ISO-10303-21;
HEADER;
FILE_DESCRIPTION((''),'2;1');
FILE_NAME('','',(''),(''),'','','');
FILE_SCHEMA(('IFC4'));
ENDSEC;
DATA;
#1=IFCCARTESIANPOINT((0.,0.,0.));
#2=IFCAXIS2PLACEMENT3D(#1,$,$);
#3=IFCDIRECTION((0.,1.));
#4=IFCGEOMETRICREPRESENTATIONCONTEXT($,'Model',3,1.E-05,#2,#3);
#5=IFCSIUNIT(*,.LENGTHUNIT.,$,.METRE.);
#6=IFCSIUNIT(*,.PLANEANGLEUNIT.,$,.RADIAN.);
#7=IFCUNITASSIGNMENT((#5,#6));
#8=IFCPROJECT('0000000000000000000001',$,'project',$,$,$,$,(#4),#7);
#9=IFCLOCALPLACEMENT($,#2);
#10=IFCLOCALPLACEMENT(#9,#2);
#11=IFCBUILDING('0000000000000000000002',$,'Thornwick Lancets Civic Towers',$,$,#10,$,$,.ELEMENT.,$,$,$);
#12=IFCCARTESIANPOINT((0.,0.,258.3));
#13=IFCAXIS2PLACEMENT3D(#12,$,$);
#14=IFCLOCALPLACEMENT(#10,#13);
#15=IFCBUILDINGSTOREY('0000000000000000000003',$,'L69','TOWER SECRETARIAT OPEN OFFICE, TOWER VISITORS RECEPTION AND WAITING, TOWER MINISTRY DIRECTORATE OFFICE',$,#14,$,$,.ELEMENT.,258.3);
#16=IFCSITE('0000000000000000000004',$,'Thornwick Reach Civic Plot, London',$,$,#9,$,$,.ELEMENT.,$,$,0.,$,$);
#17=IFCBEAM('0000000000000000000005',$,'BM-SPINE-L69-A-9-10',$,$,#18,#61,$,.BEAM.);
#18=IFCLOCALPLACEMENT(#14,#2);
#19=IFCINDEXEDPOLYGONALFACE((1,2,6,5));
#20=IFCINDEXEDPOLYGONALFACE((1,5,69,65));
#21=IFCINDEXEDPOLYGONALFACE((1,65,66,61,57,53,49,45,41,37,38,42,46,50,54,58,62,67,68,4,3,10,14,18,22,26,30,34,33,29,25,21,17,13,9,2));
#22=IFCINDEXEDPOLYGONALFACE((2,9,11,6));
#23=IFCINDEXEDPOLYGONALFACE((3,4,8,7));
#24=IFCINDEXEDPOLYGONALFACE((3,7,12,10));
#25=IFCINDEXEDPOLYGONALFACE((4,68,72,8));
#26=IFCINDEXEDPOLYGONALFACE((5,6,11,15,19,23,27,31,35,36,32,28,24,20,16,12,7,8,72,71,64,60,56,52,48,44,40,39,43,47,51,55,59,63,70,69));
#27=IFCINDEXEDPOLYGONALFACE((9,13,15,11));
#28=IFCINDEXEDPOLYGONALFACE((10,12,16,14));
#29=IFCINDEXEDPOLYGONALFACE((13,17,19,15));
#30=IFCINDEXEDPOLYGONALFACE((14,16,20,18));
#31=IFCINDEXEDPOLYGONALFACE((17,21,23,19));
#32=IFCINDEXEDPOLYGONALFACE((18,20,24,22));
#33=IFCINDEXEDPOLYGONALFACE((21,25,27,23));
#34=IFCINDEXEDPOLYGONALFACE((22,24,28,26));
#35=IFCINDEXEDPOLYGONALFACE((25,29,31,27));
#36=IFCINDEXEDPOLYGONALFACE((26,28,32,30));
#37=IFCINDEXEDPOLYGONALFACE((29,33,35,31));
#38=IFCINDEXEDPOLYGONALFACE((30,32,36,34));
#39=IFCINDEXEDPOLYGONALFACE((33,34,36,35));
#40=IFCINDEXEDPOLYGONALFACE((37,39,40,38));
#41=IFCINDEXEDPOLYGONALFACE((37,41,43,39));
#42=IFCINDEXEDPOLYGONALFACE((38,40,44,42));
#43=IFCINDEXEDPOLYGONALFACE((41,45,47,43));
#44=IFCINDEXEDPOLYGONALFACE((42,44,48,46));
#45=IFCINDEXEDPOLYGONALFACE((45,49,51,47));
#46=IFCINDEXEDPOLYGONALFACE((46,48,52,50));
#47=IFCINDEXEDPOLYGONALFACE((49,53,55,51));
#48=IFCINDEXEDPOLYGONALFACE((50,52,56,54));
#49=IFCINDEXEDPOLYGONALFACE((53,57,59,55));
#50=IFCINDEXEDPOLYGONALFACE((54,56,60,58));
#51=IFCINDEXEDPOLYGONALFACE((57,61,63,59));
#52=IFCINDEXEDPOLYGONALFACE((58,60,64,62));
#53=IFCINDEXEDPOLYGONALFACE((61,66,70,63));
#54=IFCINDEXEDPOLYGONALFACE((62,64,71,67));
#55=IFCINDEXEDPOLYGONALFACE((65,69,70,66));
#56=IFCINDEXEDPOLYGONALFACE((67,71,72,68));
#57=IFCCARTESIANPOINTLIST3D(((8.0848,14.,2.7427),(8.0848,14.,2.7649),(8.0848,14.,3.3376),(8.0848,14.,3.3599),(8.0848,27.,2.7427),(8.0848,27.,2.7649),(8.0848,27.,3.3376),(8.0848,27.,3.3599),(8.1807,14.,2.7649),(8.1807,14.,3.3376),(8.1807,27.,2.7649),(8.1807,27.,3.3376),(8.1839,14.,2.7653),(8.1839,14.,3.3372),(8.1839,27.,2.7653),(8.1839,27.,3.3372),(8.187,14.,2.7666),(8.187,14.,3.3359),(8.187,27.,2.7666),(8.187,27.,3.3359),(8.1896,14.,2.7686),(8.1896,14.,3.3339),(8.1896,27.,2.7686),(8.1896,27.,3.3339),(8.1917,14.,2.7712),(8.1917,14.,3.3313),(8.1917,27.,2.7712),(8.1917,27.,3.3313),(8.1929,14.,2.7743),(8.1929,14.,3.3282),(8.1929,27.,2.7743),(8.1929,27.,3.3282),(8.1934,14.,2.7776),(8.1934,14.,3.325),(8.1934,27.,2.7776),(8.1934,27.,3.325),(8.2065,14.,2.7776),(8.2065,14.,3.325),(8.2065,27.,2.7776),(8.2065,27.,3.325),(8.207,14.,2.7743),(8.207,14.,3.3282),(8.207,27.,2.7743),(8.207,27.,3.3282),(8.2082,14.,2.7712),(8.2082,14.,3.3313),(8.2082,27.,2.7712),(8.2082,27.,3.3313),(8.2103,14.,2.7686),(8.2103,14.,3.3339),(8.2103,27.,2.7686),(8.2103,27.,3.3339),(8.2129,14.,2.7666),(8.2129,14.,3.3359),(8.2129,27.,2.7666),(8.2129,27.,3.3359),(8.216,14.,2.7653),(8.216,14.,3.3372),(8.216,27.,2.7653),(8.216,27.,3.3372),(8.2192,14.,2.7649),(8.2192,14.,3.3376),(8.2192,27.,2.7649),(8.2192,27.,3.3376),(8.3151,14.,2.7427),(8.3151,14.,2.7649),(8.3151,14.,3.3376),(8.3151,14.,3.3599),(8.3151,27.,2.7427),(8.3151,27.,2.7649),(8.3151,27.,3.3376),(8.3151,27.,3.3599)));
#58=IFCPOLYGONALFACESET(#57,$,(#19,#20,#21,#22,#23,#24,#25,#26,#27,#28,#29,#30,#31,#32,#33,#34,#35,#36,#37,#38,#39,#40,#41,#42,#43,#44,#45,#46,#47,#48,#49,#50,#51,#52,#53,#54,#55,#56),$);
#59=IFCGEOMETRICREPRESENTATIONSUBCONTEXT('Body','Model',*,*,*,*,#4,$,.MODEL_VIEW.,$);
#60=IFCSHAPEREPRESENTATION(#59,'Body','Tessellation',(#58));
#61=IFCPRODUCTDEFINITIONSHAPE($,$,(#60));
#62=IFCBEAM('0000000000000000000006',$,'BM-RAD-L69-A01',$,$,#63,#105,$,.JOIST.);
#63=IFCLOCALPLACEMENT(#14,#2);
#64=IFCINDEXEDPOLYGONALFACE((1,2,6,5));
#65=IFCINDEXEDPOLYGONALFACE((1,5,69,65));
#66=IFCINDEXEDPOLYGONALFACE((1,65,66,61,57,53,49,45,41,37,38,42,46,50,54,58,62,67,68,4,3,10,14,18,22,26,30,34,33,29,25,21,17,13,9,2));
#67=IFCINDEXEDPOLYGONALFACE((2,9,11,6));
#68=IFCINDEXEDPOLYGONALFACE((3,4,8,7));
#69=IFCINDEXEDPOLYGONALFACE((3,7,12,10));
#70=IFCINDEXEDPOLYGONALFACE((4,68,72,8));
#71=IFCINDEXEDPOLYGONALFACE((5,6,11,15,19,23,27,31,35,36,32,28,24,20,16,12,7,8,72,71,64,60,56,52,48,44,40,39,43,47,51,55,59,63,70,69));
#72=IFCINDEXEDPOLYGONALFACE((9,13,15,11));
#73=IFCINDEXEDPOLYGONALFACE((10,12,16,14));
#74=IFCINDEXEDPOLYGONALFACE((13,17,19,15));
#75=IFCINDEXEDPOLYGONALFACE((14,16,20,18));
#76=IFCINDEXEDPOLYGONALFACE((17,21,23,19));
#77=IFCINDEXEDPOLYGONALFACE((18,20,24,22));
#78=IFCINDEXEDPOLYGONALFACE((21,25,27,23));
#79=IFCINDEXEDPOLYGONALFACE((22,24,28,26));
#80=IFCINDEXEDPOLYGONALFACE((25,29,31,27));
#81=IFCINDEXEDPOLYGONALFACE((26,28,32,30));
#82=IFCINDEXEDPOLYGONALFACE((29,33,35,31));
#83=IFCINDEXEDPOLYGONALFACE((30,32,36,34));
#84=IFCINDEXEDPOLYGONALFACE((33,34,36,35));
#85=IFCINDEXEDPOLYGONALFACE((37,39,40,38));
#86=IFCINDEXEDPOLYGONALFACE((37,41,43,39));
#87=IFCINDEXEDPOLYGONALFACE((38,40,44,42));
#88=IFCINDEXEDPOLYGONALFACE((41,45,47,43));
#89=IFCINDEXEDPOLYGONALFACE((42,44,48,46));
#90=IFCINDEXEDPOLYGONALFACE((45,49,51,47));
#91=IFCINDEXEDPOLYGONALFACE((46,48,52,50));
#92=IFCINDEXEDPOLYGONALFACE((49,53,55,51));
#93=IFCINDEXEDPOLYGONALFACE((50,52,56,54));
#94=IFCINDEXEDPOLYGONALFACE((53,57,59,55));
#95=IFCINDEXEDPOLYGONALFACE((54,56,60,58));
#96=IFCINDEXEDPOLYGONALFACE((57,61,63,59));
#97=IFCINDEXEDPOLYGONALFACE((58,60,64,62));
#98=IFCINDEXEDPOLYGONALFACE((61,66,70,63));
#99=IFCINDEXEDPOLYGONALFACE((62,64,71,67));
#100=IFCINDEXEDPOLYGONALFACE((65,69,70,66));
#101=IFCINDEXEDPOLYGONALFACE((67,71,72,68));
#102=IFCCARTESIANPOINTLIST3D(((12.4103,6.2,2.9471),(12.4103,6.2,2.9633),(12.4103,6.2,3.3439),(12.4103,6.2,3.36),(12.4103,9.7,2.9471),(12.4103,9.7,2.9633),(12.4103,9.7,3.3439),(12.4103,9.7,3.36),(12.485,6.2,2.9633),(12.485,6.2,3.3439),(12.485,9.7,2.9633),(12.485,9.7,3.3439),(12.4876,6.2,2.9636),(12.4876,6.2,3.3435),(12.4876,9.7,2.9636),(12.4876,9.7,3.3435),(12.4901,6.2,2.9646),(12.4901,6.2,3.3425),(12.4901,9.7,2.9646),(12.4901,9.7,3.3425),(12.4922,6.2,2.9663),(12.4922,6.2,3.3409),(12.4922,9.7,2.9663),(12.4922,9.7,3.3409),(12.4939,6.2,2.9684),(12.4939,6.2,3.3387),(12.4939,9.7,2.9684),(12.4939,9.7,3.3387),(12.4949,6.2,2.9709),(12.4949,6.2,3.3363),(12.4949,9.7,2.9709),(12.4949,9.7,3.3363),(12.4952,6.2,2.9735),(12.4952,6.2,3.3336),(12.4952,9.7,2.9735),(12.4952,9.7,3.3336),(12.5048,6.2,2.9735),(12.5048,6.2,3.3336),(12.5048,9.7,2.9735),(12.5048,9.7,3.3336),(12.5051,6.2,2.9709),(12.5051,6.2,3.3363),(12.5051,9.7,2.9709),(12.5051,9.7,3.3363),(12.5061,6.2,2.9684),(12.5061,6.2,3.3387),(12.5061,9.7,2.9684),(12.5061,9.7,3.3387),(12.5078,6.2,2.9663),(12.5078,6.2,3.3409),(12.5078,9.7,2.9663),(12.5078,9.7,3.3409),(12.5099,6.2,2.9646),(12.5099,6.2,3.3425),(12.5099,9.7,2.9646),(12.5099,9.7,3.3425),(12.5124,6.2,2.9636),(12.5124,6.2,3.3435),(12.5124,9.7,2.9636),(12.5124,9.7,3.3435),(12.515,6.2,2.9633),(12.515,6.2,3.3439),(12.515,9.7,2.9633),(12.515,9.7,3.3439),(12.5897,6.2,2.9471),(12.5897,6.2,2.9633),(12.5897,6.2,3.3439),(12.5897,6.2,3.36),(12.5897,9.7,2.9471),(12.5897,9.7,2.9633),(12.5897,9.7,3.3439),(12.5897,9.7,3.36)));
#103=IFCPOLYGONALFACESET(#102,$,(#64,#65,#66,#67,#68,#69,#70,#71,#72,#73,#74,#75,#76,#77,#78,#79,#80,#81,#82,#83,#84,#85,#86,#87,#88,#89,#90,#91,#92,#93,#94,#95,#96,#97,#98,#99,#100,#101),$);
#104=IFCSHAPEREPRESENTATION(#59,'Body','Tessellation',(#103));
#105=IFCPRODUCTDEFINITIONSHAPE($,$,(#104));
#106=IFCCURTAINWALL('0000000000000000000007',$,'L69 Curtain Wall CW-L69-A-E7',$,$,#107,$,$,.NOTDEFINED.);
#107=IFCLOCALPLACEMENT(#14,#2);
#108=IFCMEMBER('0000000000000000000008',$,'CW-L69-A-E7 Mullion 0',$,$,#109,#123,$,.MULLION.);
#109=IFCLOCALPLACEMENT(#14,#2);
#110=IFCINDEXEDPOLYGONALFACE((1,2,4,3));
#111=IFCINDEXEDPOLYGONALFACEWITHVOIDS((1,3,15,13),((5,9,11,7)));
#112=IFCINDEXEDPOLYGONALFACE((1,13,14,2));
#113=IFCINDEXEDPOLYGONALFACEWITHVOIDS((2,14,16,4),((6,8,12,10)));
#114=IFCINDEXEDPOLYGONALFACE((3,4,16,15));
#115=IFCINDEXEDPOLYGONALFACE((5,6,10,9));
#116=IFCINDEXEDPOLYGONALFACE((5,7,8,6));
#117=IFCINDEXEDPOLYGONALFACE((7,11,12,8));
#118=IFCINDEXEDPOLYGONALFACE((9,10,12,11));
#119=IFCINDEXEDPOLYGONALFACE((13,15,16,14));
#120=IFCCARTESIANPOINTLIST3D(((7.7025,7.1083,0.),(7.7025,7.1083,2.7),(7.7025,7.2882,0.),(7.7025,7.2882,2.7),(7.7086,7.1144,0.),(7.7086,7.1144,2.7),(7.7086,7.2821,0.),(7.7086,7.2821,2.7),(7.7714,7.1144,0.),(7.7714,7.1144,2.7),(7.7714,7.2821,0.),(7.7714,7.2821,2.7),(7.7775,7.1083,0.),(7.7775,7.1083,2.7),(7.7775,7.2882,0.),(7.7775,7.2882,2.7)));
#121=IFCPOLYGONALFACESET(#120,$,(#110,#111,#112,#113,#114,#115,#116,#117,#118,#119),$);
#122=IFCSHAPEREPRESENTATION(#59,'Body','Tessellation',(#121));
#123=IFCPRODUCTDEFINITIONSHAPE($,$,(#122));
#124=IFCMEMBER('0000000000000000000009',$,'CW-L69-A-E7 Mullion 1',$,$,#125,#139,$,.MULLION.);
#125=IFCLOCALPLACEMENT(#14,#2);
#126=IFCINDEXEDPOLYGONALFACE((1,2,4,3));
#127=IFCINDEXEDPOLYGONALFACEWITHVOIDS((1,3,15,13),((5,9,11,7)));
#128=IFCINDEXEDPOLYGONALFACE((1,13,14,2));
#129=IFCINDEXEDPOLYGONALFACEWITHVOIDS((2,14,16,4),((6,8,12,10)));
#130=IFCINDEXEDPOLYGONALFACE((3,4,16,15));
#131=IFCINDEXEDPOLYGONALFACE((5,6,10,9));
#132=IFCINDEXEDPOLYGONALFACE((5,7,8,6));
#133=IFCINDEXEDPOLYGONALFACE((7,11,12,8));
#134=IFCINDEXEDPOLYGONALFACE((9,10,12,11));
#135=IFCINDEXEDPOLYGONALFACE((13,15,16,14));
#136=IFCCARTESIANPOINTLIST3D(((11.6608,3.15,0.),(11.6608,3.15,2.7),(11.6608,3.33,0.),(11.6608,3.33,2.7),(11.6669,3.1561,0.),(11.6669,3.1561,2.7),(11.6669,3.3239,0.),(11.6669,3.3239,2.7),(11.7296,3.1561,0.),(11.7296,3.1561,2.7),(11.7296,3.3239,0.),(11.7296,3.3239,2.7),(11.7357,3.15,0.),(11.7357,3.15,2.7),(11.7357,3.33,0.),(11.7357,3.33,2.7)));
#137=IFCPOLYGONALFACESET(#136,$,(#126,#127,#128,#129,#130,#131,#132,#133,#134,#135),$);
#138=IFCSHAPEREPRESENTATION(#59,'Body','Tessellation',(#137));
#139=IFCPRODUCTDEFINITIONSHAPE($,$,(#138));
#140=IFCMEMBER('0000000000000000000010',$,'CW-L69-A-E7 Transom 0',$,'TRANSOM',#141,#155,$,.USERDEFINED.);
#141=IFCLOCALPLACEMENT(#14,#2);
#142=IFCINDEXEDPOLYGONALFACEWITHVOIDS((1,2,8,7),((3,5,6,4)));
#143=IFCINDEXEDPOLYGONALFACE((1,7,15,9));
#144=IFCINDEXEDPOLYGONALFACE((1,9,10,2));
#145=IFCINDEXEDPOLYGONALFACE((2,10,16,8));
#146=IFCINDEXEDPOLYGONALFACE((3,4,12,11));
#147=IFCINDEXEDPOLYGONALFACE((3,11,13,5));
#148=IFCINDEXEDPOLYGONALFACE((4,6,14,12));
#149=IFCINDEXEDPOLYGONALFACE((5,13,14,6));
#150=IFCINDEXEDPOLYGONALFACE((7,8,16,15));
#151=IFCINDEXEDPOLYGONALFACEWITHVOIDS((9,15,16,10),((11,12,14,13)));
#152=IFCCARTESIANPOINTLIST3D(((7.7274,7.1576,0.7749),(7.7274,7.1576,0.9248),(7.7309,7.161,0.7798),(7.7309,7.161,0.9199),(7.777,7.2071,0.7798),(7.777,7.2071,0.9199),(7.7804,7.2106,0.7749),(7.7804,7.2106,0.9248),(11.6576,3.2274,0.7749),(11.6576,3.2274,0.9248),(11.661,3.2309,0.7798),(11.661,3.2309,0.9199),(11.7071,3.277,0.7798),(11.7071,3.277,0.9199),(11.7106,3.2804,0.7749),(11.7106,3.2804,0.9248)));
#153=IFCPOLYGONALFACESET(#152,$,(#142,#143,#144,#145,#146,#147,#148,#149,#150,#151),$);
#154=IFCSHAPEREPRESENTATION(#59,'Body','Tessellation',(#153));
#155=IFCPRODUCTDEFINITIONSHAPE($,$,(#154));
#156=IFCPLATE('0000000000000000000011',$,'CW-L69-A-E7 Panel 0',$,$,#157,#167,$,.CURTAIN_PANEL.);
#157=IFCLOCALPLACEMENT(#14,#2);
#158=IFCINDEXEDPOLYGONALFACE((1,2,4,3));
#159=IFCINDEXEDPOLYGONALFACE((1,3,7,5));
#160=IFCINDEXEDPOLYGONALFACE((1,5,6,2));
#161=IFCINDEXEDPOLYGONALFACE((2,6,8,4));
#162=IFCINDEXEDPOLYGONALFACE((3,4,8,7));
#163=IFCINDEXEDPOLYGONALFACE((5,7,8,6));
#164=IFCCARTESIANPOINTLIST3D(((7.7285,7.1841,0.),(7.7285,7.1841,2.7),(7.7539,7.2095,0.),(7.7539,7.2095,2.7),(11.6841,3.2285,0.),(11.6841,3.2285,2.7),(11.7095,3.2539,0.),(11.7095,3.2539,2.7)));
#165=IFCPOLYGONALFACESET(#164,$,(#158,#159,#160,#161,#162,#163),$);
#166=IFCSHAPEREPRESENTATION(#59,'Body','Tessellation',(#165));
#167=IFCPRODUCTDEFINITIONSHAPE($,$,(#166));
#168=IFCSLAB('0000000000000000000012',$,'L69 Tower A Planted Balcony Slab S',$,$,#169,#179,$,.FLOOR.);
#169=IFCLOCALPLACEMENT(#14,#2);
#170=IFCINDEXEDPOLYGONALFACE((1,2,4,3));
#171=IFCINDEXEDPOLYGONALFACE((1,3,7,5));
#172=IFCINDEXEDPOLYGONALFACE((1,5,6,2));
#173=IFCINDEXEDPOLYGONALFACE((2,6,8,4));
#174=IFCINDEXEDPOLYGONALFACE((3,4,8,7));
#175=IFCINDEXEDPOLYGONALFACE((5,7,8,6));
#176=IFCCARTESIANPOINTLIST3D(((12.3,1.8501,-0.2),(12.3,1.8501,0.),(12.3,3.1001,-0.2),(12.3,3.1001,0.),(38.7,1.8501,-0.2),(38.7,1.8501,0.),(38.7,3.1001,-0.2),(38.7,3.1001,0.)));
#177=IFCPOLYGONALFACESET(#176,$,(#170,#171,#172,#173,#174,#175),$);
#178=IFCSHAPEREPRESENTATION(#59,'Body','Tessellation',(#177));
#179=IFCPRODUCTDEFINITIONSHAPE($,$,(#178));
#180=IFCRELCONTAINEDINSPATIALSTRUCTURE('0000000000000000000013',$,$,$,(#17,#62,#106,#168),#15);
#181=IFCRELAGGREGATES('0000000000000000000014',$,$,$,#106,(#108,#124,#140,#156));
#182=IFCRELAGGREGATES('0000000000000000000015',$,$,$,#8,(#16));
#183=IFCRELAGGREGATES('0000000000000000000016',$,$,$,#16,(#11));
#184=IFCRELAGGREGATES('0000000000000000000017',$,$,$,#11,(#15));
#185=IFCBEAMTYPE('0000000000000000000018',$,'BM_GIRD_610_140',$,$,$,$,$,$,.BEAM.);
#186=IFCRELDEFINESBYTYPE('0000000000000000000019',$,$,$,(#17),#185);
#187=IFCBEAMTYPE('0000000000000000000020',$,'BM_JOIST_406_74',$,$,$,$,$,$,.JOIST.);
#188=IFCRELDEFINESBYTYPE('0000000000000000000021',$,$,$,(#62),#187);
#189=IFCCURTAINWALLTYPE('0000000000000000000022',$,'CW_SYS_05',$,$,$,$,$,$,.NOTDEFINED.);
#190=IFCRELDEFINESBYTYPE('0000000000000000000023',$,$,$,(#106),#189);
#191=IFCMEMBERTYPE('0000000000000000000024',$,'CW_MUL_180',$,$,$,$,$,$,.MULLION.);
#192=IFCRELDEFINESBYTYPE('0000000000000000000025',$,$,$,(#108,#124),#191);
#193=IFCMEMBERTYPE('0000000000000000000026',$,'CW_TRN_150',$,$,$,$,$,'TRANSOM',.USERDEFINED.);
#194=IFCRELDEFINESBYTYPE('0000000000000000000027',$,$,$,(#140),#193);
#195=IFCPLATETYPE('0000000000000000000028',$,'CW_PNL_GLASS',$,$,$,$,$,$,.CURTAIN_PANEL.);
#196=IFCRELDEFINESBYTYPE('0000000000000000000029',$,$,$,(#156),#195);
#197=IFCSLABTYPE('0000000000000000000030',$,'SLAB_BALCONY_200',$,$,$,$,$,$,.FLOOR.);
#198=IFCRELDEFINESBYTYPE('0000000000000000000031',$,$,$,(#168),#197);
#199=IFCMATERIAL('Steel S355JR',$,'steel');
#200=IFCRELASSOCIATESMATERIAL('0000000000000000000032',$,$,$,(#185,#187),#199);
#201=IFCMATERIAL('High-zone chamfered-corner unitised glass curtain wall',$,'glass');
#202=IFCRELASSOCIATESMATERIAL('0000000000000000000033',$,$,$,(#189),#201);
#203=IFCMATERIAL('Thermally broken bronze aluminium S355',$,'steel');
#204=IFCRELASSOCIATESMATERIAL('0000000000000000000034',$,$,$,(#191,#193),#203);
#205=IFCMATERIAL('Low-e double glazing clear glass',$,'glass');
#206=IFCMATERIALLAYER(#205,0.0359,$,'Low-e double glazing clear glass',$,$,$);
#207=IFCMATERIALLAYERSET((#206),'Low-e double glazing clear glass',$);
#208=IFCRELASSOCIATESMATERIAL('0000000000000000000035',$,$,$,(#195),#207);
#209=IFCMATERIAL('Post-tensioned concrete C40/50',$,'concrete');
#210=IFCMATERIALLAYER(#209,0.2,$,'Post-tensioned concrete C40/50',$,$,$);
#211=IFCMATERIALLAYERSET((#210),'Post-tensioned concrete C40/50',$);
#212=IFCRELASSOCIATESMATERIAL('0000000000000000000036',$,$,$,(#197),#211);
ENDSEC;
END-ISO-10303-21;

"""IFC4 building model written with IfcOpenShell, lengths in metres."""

from ifc_helpers import new_model, si_unit, direction, frame, origin, origin_2d, place, context, subcontext, project, spatial, polyline, rectangle, hollow_rectangle, i_section, outline, extrude, material, layer, layer_set, material_profile, profile_set, type_object, element, aggregate, save


model = new_model("IFC4")

# Units and contexts
model_context = context("Model", 3, precision=1e-05, world=origin(), true_north=direction((0.0, 1.0)))
body_context = subcontext(model_context, "Body", "Model", "MODEL_VIEW")
ifc_project = project(units=[si_unit("LENGTHUNIT", "METRE"), si_unit("PLANEANGLEUNIT", "RADIAN")], contexts=[model_context])

# Site, building, storey
site_placement = place(None, origin())
site = spatial("IfcSite", under=ifc_project, at=site_placement, Name="Thornwick Reach Civic Plot, London", CompositionType="ELEMENT", RefElevation=0.0)
building_placement = place(site_placement, origin())
building = spatial("IfcBuilding", under=site, at=building_placement, Name="Thornwick Lancets Civic Towers", CompositionType="ELEMENT")
storey_placement = place(building_placement, frame((0.0, 0.0, 258.3)))
storey = spatial("IfcBuildingStorey", under=building, at=storey_placement, Name="L69", Description="TOWER SECRETARIAT OPEN OFFICE, TOWER VISITORS RECEPTION AND WAITING, TOWER MINISTRY DIRECTORATE OFFICE", CompositionType="ELEMENT", Elevation=258.3)

# Shared definitions
ifc_material_1 = material(Name="Steel S355JR", Category="steel")

# Beams
ifc_material_profile_1 = material_profile(ifc_material_1, i_section(OverallWidth=0.2302, OverallDepth=0.6172, WebThickness=0.0132, FlangeThickness=0.0222, FilletRadius=0.0127, at=origin_2d()), Name="UKB 610x229x140")
ifc_profile_set_1 = profile_set([ifc_material_profile_1], Name="Steel S355JR")
beam_type_1 = type_object("IfcBeamType", Name="BM_GIRD_610_140", PredefinedType="BEAM", material=ifc_profile_set_1)
for number, where, z_axis, x_axis, name in (
    (1, (8.2, 14.0, 3.0513), (0.0, 1.0, 0.0), (-1.0, 0.0, 0.0), "BM-SPINE-L69-A-9-10"),
):
    element("IfcBeam", number, at=place(storey_placement, frame(where, z_axis=z_axis, x_axis=x_axis)), inside=storey, type_object=beam_type_1, Name=name, PredefinedType="BEAM", context=body_context, shape_type="SweptSolid", body=[
        extrude(i_section(OverallWidth=0.2302, OverallDepth=0.6172, WebThickness=0.0132, FlangeThickness=0.0222, FilletRadius=0.0127, at=origin_2d()), origin(), (0.0, 0.0, 1.0), 13.0),
    ])
ifc_material_profile_2 = material_profile(ifc_material_1, i_section(OverallWidth=0.1794, OverallDepth=0.4128, WebThickness=0.0095, FlangeThickness=0.0161, FilletRadius=0.0103, at=origin_2d()), Name="UKB 406x178x74")
ifc_profile_set_2 = profile_set([ifc_material_profile_2], Name="Steel S355JR")
beam_type_2 = type_object("IfcBeamType", Name="BM_JOIST_406_74", PredefinedType="JOIST", material=ifc_profile_set_2)
beam_1_placement = place(storey_placement, frame((12.5, 9.7, 3.1536), z_axis=(0.0, -1.0, 0.0), x_axis=(1.0, 0.0, 0.0)))
element("IfcBeam", 2, at=beam_1_placement, inside=storey, type_object=beam_type_2, Name="BM-RAD-L69-A01", PredefinedType="JOIST", context=body_context, shape_type="SweptSolid", body=[
    extrude(i_section(OverallWidth=0.1794, OverallDepth=0.4128, WebThickness=0.0095, FlangeThickness=0.0161, FilletRadius=0.0103, at=origin_2d()), origin(), (0.0, 0.0, 1.0), 3.5),
])

# Curtain wall, members, plate
ifc_material_2 = material(Name="High-zone chamfered-corner unitised glass curtain wall", Category="glass")
curtain_wall_type = type_object("IfcCurtainWallType", Name="CW_SYS_05", PredefinedType="NOTDEFINED", material=ifc_material_2)
curtain_wall_placement = place(storey_placement, origin())
curtain_wall = element("IfcCurtainWall", 3, at=curtain_wall_placement, inside=storey, type_object=curtain_wall_type, Name="L69 Curtain Wall CW-L69-A-E7", PredefinedType="NOTDEFINED")
ifc_material_3 = material(Name="Thermally broken bronze aluminium S355", Category="steel")
ifc_material_profile_3 = material_profile(ifc_material_3, hollow_rectangle(XDim=0.075, YDim=0.1799, WallThickness=0.0061, at=origin_2d()), Name="RHS 180x75x6")
ifc_profile_set_3 = profile_set([ifc_material_profile_3], Name="Thermally broken bronze aluminium S355")
member_type_1 = type_object("IfcMemberType", Name="CW_MUL_180", PredefinedType="MULLION", material=ifc_profile_set_3)
member_1_placement = place(storey_placement, frame((7.74, 7.1982, 0.0), z_axis=(0.0, 0.0, 1.0), x_axis=(1.0, 0.0, 0.0)))
member_1 = element("IfcMember", 4, at=member_1_placement, type_object=member_type_1, Name="CW-L69-A-E7 Mullion 0", PredefinedType="MULLION", context=body_context, shape_type="SweptSolid", body=[
    extrude(hollow_rectangle(XDim=0.075, YDim=0.1799, WallThickness=0.0061, at=origin_2d()), origin(), (0.0, 0.0, 1.0), 2.7),
])
member_2_placement = place(storey_placement, frame((11.6982, 3.24, 0.0), z_axis=(0.0, 0.0, 1.0), x_axis=(1.0, 0.0, 0.0)))
member_2 = element("IfcMember", 5, at=member_2_placement, type_object=member_type_1, Name="CW-L69-A-E7 Mullion 1", PredefinedType="MULLION", context=body_context, shape_type="SweptSolid", body=[
    extrude(hollow_rectangle(XDim=0.075, YDim=0.1799, WallThickness=0.0061, at=origin_2d()), origin(), (0.0, 0.0, 1.0), 2.7),
])
ifc_material_profile_4 = material_profile(ifc_material_3, hollow_rectangle(XDim=0.075, YDim=0.1499, WallThickness=0.0049, at=origin_2d()), Name="RHS 150x75x5")
ifc_profile_set_4 = profile_set([ifc_material_profile_4], Name="Thermally broken bronze aluminium S355")
member_type_2 = type_object("IfcMemberType", Name="CW_TRN_150", ElementType="TRANSOM", PredefinedType="USERDEFINED", material=ifc_profile_set_4)
member_3_placement = place(storey_placement, frame((7.7539, 7.1841, 0.8499), z_axis=(0.707107, -0.707107, 0.0), x_axis=(0.707107, 0.707107, 0.0)))
member_3 = element("IfcMember", 6, at=member_3_placement, type_object=member_type_2, Name="CW-L69-A-E7 Transom 0", ObjectType="TRANSOM", PredefinedType="USERDEFINED", context=body_context, shape_type="SweptSolid", body=[
    extrude(hollow_rectangle(XDim=0.075, YDim=0.1499, WallThickness=0.0049, at=origin_2d()), origin(), (0.0, 0.0, 1.0), 5.5581),
])
ifc_material_4 = material(Name="Low-e double glazing clear glass", Category="glass")
ifc_layer_1 = layer(ifc_material_4, 0.0359, Name="Low-e double glazing clear glass")
ifc_layer_set_1 = layer_set([ifc_layer_1], Name="Low-e double glazing clear glass")
plate_type = type_object("IfcPlateType", Name="CW_PNL_GLASS", PredefinedType="CURTAIN_PANEL", material=ifc_layer_set_1)
plate_placement = place(storey_placement, frame((9.719, 5.219, 0.0), z_axis=(0.0, 0.0, 1.0), x_axis=(0.707107, -0.707107, 0.0)))
plate = element("IfcPlate", 7, at=plate_placement, type_object=plate_type, Name="CW-L69-A-E7 Panel 0", PredefinedType="CURTAIN_PANEL", context=body_context, shape_type="SweptSolid", body=[
    extrude(rectangle(XDim=5.594, YDim=0.0359, at=origin_2d()), origin(), (0.0, 0.0, 1.0), 2.7),
])
aggregate(curtain_wall, [member_1, member_2, member_3, plate])

# Slab
ifc_material_5 = material(Name="Post-tensioned concrete C40/50", Category="concrete")
ifc_layer_2 = layer(ifc_material_5, 0.2, Name="Post-tensioned concrete C40/50")
ifc_layer_set_2 = layer_set([ifc_layer_2], Name="Post-tensioned concrete C40/50")
slab_type_1 = type_object("IfcSlabType", Name="SLAB_BALCONY_200", PredefinedType="FLOOR", material=ifc_layer_set_2)
slab_1_placement = place(storey_placement, frame((0.0, 0.0, -0.2)))
element("IfcSlab", 8, at=slab_1_placement, inside=storey, type_object=slab_type_1, Name="L69 Tower A Planted Balcony Slab S", PredefinedType="FLOOR", context=body_context, shape_type="SweptSolid", body=[
    extrude(outline(polyline([(12.3, 1.8501), (38.7, 1.8501), (38.7, 3.1001), (12.3, 3.1001), (12.3, 1.8501)])), origin(), (0.0, 0.0, 1.0), 0.2),
])

save(model, "model.ifc")
